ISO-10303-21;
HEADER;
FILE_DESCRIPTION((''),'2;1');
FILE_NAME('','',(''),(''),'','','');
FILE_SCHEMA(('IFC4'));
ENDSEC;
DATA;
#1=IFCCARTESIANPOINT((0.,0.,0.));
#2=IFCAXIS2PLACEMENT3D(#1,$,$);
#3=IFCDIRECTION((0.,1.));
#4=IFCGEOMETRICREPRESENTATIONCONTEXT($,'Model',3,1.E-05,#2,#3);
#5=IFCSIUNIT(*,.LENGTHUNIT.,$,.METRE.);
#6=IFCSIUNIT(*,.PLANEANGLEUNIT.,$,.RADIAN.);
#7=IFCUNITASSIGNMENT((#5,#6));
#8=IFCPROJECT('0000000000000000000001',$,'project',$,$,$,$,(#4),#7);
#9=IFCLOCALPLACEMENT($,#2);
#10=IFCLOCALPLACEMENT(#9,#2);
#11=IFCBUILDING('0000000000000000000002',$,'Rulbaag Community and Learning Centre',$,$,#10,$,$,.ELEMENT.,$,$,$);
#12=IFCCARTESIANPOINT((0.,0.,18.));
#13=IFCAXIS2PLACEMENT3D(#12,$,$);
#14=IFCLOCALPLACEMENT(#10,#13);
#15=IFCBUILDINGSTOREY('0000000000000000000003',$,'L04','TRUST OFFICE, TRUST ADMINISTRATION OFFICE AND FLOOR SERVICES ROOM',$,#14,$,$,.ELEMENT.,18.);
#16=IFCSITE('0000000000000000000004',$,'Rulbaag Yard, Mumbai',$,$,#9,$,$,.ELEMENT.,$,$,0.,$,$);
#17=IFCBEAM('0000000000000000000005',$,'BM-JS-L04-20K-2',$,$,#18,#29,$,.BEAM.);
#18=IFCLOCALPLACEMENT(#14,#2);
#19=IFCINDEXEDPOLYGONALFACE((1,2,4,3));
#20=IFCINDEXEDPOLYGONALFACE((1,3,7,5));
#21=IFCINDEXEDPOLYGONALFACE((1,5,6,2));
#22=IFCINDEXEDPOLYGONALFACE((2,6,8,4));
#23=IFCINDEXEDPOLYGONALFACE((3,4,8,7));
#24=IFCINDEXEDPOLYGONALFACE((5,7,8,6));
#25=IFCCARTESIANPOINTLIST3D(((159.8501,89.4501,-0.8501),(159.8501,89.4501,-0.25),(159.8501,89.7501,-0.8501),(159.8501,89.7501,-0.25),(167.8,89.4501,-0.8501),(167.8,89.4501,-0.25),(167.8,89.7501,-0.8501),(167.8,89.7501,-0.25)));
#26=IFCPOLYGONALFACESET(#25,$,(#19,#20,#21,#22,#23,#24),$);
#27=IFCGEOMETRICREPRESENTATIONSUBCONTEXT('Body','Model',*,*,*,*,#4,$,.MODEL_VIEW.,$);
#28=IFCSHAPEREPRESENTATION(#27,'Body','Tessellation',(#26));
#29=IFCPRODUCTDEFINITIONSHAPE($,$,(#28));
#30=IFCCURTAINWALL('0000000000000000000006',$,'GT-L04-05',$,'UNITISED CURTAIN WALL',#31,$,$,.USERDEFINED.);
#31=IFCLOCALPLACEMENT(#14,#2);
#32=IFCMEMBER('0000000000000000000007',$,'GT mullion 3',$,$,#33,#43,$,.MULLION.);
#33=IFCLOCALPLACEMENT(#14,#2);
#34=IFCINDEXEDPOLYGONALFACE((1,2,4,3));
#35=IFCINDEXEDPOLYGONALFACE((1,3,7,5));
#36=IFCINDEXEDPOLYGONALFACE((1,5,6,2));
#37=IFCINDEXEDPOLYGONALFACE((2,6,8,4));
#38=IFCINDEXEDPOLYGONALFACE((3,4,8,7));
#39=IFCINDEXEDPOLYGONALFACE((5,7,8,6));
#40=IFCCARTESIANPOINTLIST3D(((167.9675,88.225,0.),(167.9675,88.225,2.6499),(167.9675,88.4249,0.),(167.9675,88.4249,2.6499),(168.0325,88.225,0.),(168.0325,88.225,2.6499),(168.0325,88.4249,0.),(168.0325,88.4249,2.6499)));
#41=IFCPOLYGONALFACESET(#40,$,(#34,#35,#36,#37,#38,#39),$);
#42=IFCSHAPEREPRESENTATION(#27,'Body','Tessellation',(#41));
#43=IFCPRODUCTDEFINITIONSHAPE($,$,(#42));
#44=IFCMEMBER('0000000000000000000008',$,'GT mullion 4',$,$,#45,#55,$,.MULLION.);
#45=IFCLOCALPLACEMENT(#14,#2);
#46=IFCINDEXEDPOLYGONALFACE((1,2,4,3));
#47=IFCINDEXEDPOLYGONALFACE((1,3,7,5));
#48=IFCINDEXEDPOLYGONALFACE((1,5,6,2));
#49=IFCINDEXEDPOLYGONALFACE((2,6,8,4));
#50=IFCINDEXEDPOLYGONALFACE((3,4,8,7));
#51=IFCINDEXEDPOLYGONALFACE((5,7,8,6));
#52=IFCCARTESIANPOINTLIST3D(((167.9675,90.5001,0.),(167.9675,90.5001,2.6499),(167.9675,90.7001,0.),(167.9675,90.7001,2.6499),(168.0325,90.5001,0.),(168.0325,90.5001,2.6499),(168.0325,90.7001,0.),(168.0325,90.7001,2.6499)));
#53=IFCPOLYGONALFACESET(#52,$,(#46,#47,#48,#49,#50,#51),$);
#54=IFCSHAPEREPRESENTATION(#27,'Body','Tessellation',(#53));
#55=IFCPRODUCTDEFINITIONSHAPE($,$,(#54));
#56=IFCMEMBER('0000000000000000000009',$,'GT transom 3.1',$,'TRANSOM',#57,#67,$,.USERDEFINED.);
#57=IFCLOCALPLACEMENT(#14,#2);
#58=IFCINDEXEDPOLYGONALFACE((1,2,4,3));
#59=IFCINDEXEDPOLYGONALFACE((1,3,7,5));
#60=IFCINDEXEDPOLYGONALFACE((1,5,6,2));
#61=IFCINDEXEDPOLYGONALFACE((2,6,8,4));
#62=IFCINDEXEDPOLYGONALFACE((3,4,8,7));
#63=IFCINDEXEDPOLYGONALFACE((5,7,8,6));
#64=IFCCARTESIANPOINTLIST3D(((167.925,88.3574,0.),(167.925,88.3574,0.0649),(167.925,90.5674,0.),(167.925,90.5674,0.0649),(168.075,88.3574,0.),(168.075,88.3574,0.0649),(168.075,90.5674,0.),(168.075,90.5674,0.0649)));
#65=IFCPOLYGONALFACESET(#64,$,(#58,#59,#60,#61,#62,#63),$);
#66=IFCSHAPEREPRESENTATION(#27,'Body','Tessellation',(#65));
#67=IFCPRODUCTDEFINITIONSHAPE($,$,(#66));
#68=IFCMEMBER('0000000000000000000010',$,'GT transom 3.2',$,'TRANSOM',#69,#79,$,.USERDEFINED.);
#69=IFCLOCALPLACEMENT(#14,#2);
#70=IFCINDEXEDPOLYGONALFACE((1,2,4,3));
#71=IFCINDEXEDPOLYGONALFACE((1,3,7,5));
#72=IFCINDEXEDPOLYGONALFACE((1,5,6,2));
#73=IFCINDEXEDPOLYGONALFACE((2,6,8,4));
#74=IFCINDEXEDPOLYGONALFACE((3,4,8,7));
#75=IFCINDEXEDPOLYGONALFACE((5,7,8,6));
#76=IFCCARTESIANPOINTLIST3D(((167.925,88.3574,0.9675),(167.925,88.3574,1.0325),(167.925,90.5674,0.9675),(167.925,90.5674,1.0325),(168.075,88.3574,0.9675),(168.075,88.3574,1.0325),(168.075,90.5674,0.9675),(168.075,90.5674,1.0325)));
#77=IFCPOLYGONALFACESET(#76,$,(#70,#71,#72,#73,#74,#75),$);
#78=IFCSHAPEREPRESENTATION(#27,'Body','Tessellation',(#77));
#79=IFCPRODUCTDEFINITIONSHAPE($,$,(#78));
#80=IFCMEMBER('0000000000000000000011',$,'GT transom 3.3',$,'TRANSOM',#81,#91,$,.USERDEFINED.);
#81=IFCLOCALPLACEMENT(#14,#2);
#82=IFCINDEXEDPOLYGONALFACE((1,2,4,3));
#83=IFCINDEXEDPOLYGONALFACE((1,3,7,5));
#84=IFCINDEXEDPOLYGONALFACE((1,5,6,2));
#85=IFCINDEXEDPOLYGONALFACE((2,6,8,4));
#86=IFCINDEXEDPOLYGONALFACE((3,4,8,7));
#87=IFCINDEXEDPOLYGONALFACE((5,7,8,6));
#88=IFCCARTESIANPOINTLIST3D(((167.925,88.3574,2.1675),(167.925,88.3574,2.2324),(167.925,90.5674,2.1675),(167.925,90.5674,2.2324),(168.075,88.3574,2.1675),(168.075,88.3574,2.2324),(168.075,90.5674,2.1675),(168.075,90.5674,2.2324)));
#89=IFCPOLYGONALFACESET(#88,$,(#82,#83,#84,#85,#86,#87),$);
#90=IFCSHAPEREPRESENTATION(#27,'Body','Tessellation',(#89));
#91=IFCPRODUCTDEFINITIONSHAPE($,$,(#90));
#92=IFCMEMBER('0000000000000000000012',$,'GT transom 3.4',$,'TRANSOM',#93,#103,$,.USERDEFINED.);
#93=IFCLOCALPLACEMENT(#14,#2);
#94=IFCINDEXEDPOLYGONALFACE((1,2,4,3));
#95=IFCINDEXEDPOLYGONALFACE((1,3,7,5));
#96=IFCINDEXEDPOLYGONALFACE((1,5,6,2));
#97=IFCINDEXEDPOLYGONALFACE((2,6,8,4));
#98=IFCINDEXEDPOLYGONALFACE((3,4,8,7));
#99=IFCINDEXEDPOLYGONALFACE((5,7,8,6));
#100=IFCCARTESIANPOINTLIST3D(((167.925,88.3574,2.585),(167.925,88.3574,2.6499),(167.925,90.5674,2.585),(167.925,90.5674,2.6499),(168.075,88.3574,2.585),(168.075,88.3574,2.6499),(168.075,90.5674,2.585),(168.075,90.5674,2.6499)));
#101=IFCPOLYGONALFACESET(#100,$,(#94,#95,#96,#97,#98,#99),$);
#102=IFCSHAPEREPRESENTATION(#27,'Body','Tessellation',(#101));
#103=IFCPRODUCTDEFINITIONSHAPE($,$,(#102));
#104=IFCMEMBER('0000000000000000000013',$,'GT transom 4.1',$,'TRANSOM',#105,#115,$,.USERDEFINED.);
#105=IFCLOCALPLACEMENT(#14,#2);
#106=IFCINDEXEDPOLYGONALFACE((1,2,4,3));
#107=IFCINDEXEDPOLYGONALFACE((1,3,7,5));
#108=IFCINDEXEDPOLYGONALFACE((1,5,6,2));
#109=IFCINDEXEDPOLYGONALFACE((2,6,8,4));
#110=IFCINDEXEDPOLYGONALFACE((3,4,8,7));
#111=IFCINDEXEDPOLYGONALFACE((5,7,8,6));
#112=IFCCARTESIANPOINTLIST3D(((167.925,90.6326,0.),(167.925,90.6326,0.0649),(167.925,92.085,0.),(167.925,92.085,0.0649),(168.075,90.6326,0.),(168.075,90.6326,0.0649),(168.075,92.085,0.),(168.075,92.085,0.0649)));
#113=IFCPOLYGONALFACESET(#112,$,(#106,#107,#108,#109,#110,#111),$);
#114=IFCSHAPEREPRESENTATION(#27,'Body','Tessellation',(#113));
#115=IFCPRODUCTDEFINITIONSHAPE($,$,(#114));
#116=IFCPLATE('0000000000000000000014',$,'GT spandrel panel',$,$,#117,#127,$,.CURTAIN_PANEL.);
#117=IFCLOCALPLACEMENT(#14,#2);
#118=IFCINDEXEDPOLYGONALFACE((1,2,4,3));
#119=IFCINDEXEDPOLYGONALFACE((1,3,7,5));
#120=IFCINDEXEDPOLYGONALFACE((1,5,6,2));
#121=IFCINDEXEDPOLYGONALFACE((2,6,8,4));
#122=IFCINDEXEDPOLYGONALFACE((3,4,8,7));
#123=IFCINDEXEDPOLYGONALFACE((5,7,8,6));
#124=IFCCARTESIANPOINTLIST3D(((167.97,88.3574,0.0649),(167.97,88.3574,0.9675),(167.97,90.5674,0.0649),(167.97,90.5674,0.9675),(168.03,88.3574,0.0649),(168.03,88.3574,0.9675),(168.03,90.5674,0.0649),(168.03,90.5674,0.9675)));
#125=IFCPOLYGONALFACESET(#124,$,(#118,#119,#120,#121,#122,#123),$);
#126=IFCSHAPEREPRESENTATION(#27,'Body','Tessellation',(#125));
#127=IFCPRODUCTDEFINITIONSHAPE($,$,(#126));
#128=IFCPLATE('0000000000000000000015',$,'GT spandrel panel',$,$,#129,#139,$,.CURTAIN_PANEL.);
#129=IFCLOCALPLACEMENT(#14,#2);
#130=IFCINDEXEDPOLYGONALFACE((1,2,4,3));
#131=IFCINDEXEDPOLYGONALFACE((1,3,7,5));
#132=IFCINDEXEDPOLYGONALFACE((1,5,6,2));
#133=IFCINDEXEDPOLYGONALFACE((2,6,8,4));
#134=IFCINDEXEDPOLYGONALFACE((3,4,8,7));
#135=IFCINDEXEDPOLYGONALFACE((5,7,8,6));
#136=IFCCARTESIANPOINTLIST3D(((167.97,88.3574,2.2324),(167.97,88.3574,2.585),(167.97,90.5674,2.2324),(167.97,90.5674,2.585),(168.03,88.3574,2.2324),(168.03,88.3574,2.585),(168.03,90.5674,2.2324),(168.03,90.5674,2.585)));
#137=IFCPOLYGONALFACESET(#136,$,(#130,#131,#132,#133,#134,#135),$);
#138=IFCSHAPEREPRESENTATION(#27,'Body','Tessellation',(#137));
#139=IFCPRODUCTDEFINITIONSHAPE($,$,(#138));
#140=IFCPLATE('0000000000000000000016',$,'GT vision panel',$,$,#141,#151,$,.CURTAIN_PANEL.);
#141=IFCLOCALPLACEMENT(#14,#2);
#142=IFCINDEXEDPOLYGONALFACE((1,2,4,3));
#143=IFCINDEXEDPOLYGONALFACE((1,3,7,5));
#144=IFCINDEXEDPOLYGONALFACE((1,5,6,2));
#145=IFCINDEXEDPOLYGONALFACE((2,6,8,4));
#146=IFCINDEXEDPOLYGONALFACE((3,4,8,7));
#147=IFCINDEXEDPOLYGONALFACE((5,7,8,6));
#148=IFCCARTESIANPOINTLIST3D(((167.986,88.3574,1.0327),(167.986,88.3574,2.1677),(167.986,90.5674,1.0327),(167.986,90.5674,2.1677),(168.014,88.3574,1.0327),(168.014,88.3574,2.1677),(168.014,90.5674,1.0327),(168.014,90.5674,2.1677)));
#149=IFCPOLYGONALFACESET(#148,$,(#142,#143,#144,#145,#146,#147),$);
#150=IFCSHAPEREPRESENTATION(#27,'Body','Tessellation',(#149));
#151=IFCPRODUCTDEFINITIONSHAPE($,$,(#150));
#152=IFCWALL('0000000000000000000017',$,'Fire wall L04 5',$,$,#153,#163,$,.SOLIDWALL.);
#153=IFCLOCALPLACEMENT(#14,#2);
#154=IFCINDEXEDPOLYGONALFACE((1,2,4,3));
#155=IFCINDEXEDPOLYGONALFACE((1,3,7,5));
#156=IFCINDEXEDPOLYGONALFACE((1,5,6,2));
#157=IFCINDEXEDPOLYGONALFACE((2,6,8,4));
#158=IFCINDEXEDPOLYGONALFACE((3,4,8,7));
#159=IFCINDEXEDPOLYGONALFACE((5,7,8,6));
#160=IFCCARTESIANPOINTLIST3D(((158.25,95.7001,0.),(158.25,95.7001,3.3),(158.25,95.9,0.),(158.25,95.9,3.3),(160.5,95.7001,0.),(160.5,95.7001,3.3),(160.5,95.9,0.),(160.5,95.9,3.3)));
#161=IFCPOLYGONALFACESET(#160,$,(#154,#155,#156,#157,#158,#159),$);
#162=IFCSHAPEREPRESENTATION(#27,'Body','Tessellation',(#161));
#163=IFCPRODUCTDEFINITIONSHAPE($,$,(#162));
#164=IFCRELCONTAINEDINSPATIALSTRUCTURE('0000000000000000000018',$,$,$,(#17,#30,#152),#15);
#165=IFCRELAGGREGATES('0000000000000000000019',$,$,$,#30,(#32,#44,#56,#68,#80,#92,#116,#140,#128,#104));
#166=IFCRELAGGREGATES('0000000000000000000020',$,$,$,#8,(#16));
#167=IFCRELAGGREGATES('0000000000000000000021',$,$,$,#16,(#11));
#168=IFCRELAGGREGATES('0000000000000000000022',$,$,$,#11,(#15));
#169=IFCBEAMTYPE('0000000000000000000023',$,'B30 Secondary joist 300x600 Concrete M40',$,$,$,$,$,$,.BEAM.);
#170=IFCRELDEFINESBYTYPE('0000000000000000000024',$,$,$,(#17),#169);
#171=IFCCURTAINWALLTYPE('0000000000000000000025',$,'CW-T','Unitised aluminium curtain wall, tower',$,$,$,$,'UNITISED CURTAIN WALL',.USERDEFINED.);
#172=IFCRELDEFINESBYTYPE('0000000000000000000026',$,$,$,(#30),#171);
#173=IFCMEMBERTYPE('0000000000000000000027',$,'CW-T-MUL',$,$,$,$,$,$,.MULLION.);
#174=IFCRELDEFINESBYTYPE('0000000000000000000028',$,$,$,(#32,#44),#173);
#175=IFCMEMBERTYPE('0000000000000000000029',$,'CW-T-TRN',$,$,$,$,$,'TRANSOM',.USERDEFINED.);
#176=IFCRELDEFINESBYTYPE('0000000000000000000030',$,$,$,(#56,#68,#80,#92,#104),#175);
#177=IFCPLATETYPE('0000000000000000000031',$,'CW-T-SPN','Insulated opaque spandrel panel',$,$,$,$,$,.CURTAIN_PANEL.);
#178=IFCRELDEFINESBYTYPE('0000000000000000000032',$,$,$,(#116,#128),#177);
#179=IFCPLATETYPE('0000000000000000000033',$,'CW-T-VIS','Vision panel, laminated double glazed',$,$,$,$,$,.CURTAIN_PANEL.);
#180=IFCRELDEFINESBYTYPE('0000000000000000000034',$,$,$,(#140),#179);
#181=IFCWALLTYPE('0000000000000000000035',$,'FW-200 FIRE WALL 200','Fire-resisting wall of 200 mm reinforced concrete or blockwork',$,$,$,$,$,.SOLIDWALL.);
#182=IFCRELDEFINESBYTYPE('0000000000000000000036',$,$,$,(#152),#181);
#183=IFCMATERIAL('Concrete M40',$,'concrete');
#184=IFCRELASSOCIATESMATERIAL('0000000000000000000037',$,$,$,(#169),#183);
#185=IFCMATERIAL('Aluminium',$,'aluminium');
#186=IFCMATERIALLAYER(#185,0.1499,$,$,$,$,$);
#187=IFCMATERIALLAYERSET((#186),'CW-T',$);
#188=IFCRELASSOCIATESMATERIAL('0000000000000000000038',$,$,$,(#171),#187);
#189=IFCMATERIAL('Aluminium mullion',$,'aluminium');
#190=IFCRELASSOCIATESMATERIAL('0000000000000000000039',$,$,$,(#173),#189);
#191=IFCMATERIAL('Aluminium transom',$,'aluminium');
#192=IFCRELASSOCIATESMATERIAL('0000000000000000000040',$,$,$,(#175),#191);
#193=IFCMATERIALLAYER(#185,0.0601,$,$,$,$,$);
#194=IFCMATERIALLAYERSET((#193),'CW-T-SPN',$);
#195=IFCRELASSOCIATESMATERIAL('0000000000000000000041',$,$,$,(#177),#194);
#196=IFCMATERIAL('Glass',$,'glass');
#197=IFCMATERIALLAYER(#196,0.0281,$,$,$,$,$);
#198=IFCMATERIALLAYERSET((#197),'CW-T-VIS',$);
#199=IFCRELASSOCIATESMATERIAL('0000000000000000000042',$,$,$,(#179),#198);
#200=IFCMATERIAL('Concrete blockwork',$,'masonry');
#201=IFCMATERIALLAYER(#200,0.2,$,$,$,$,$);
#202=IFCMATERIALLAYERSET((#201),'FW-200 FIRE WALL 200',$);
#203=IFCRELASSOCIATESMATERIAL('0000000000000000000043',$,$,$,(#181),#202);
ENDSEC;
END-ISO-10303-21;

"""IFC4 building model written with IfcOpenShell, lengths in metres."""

from ifc_helpers import new_model, si_unit, direction, frame, frame_2d, origin, origin_2d, place, context, subcontext, project, spatial, rectangle, extrude, material, layer, layer_set, material_profile, profile_set, type_object, element, aggregate, save


model = new_model("IFC4")

# Units and contexts
model_context = context("Model", 3, precision=1e-05, world=origin(), true_north=direction((0.0, 1.0)))
body_context = subcontext(model_context, "Body", "Model", "MODEL_VIEW")
ifc_project = project(units=[si_unit("LENGTHUNIT", "METRE"), si_unit("PLANEANGLEUNIT", "RADIAN")], contexts=[model_context])

# Site, building, storey
site_placement = place(None, origin())
site = spatial("IfcSite", under=ifc_project, at=site_placement, Name="Rulbaag Yard, Mumbai", CompositionType="ELEMENT", RefElevation=0.0)
building_placement = place(site_placement, origin())
building = spatial("IfcBuilding", under=site, at=building_placement, Name="Rulbaag Community and Learning Centre", CompositionType="ELEMENT")
storey_placement = place(building_placement, frame((0.0, 0.0, 18.0)))
storey = spatial("IfcBuildingStorey", under=building, at=storey_placement, Name="L04", Description="TRUST OFFICE, TRUST ADMINISTRATION OFFICE AND FLOOR SERVICES ROOM", CompositionType="ELEMENT", Elevation=18.0)

# Beam
ifc_material_1 = material(Name="Concrete M40", Category="concrete")
ifc_material_profile_1 = material_profile(ifc_material_1, rectangle(XDim=0.3, YDim=0.6001, at=origin_2d()), Name="RB300x600")
ifc_profile_set_1 = profile_set([ifc_material_profile_1], Name="Concrete M40")
beam_type = type_object("IfcBeamType", Name="B30 Secondary joist 300x600 Concrete M40", PredefinedType="BEAM", material=ifc_profile_set_1)
beam_placement = place(storey_placement, frame((159.8501, 89.6001, -0.55), z_axis=(1.0, 0.0, 0.0), x_axis=(0.0, 1.0, 0.0)))
element("IfcBeam", 1, at=beam_placement, inside=storey, type_object=beam_type, Name="BM-JS-L04-20K-2", PredefinedType="BEAM", context=body_context, shape_type="SweptSolid", body=[
    extrude(rectangle(XDim=0.3, YDim=0.6001, at=origin_2d()), origin(), (0.0, 0.0, 1.0), 7.95),
])

# Curtain wall, members, plates
ifc_material_2 = material(Name="Aluminium", Category="aluminium")
ifc_layer_1 = layer(ifc_material_2, 0.1499)
ifc_layer_set_1 = layer_set([ifc_layer_1], Name="CW-T")
curtain_wall_type = type_object("IfcCurtainWallType", Name="CW-T", Description="Unitised aluminium curtain wall, tower", ElementType="UNITISED CURTAIN WALL", PredefinedType="USERDEFINED", material=ifc_layer_set_1)
curtain_wall_placement = place(storey_placement, origin())
curtain_wall = element("IfcCurtainWall", 2, at=curtain_wall_placement, inside=storey, type_object=curtain_wall_type, Name="GT-L04-05", ObjectType="UNITISED CURTAIN WALL", PredefinedType="USERDEFINED")
ifc_material_3 = material(Name="Aluminium mullion", Category="aluminium")
ifc_material_profile_2 = material_profile(ifc_material_3, rectangle(XDim=0.0649, YDim=0.2, at=origin_2d()), Name="AL 65x200")
ifc_profile_set_2 = profile_set([ifc_material_profile_2], Name="Aluminium mullion")
member_type_1 = type_object("IfcMemberType", Name="CW-T-MUL", PredefinedType="MULLION", material=ifc_profile_set_2)
member_1_placement = place(storey_placement, frame((168.0, 88.325, 0.0), z_axis=(0.0, 0.0, 1.0), x_axis=(-1.0, 0.0, 0.0)))
member_1 = element("IfcMember", 3, at=member_1_placement, type_object=member_type_1, Name="GT mullion 3", PredefinedType="MULLION", context=body_context, shape_type="SweptSolid", body=[
    extrude(rectangle(XDim=0.0649, YDim=0.2, at=origin_2d()), origin(), (0.0, 0.0, 1.0), 2.6499),
])
member_2_placement = place(storey_placement, frame((168.0, 90.6001, 0.0), z_axis=(0.0, 0.0, 1.0), x_axis=(-1.0, 0.0, 0.0)))
member_2 = element("IfcMember", 4, at=member_2_placement, type_object=member_type_1, Name="GT mullion 4", PredefinedType="MULLION", context=body_context, shape_type="SweptSolid", body=[
    extrude(rectangle(XDim=0.0649, YDim=0.2, at=origin_2d()), origin(), (0.0, 0.0, 1.0), 2.6499),
])
ifc_material_4 = material(Name="Aluminium transom", Category="aluminium")
ifc_material_profile_3 = material_profile(ifc_material_4, rectangle(XDim=0.1499, YDim=0.0649, at=origin_2d()), Name="AL 65x150 T")
ifc_profile_set_3 = profile_set([ifc_material_profile_3], Name="Aluminium transom")
member_type_2 = type_object("IfcMemberType", Name="CW-T-TRN", ElementType="TRANSOM", PredefinedType="USERDEFINED", material=ifc_profile_set_3)
member_3_placement = place(storey_placement, frame((168.0, 88.3574, 0.0325), z_axis=(0.0, 1.0, 0.0), x_axis=(-1.0, 0.0, 0.0)))
member_3 = element("IfcMember", 5, at=member_3_placement, type_object=member_type_2, Name="GT transom 3.1", ObjectType="TRANSOM", PredefinedType="USERDEFINED", context=body_context, shape_type="SweptSolid", body=[
    extrude(rectangle(XDim=0.1499, YDim=0.0649, at=origin_2d()), origin(), (0.0, 0.0, 1.0), 2.21),
])
member_4_placement = place(storey_placement, frame((168.0, 88.3574, 1.0), z_axis=(0.0, 1.0, 0.0), x_axis=(-1.0, 0.0, 0.0)))
member_4 = element("IfcMember", 6, at=member_4_placement, type_object=member_type_2, Name="GT transom 3.2", ObjectType="TRANSOM", PredefinedType="USERDEFINED", context=body_context, shape_type="SweptSolid", body=[
    extrude(rectangle(XDim=0.1499, YDim=0.0649, at=origin_2d()), origin(), (0.0, 0.0, 1.0), 2.21),
])
member_5_placement = place(storey_placement, frame((168.0, 88.3574, 2.2), z_axis=(0.0, 1.0, 0.0), x_axis=(-1.0, 0.0, 0.0)))
member_5 = element("IfcMember", 7, at=member_5_placement, type_object=member_type_2, Name="GT transom 3.3", ObjectType="TRANSOM", PredefinedType="USERDEFINED", context=body_context, shape_type="SweptSolid", body=[
    extrude(rectangle(XDim=0.1499, YDim=0.0649, at=origin_2d()), origin(), (0.0, 0.0, 1.0), 2.21),
])
member_6_placement = place(storey_placement, frame((168.0, 88.3574, 2.6174), z_axis=(0.0, 1.0, 0.0), x_axis=(-1.0, 0.0, 0.0)))
member_6 = element("IfcMember", 8, at=member_6_placement, type_object=member_type_2, Name="GT transom 3.4", ObjectType="TRANSOM", PredefinedType="USERDEFINED", context=body_context, shape_type="SweptSolid", body=[
    extrude(rectangle(XDim=0.1499, YDim=0.0649, at=origin_2d()), origin(), (0.0, 0.0, 1.0), 2.21),
])
member_7_placement = place(storey_placement, frame((168.0, 90.6326, 0.0325), z_axis=(0.0, 1.0, 0.0), x_axis=(-1.0, 0.0, 0.0)))
member_7 = element("IfcMember", 9, at=member_7_placement, type_object=member_type_2, Name="GT transom 4.1", ObjectType="TRANSOM", PredefinedType="USERDEFINED", context=body_context, shape_type="SweptSolid", body=[
    extrude(rectangle(XDim=0.1499, YDim=0.0649, at=origin_2d()), origin(), (0.0, 0.0, 1.0), 1.4524),
])
ifc_layer_2 = layer(ifc_material_2, 0.0601)
ifc_layer_set_2 = layer_set([ifc_layer_2], Name="CW-T-SPN")
plate_type_1 = type_object("IfcPlateType", Name="CW-T-SPN", Description="Insulated opaque spandrel panel", PredefinedType="CURTAIN_PANEL", material=ifc_layer_set_2)
plate_1_placement = place(storey_placement, frame((168.0, 89.4624, 0.0649), z_axis=(0.0, 0.0, 1.0), x_axis=(0.0, 1.0, 0.0)))
plate_1 = element("IfcPlate", 10, at=plate_1_placement, type_object=plate_type_1, Name="GT spandrel panel", PredefinedType="CURTAIN_PANEL", context=body_context, shape_type="SweptSolid", body=[
    extrude(rectangle(XDim=2.21, YDim=0.0601, at=origin_2d()), origin(), (0.0, 0.0, 1.0), 0.9026),
])
plate_2_placement = place(storey_placement, frame((168.0, 89.4624, 2.2324), z_axis=(0.0, 0.0, 1.0), x_axis=(0.0, 1.0, 0.0)))
plate_2 = element("IfcPlate", 11, at=plate_2_placement, type_object=plate_type_1, Name="GT spandrel panel", PredefinedType="CURTAIN_PANEL", context=body_context, shape_type="SweptSolid", body=[
    extrude(rectangle(XDim=2.21, YDim=0.0601, at=origin_2d()), origin(), (0.0, 0.0, 1.0), 0.3525),
])
ifc_material_5 = material(Name="Glass", Category="glass")
ifc_layer_3 = layer(ifc_material_5, 0.0281)
ifc_layer_set_3 = layer_set([ifc_layer_3], Name="CW-T-VIS")
plate_type_2 = type_object("IfcPlateType", Name="CW-T-VIS", Description="Vision panel, laminated double glazed", PredefinedType="CURTAIN_PANEL", material=ifc_layer_set_3)
plate_3_placement = place(storey_placement, frame((168.0, 89.4624, 1.0327), z_axis=(0.0, 0.0, 1.0), x_axis=(0.0, 1.0, 0.0)))
plate_3 = element("IfcPlate", 12, at=plate_3_placement, type_object=plate_type_2, Name="GT vision panel", PredefinedType="CURTAIN_PANEL", context=body_context, shape_type="SweptSolid", body=[
    extrude(rectangle(XDim=2.21, YDim=0.0281, at=origin_2d()), origin(), (0.0, 0.0, 1.0), 1.135),
])
aggregate(curtain_wall, [member_1, member_2, member_3, member_4, member_5, member_6, plate_1, plate_3, plate_2, member_7])

# Wall
ifc_material_6 = material(Name="Concrete blockwork", Category="masonry")
ifc_layer_4 = layer(ifc_material_6, 0.2)
ifc_layer_set_4 = layer_set([ifc_layer_4], Name="FW-200 FIRE WALL 200")
wall_type_1 = type_object("IfcWallType", Name="FW-200 FIRE WALL 200", Description="Fire-resisting wall of 200 mm reinforced concrete or blockwork", PredefinedType="SOLIDWALL", material=ifc_layer_set_4)
wall_1_placement = place(storey_placement, frame((158.25, 95.8, 0.0), z_axis=(0.0, 0.0, 1.0), x_axis=(1.0, 0.0, 0.0)))
element("IfcWall", 13, at=wall_1_placement, inside=storey, type_object=wall_type_1, Name="Fire wall L04 5", PredefinedType="SOLIDWALL", context=body_context, shape_type="SweptSolid", body=[
    extrude(rectangle(XDim=2.25, YDim=0.2, at=frame_2d((1.125, 0.0))), origin(), (0.0, 0.0, 1.0), 3.3),
])

save(model, "model.ifc")
